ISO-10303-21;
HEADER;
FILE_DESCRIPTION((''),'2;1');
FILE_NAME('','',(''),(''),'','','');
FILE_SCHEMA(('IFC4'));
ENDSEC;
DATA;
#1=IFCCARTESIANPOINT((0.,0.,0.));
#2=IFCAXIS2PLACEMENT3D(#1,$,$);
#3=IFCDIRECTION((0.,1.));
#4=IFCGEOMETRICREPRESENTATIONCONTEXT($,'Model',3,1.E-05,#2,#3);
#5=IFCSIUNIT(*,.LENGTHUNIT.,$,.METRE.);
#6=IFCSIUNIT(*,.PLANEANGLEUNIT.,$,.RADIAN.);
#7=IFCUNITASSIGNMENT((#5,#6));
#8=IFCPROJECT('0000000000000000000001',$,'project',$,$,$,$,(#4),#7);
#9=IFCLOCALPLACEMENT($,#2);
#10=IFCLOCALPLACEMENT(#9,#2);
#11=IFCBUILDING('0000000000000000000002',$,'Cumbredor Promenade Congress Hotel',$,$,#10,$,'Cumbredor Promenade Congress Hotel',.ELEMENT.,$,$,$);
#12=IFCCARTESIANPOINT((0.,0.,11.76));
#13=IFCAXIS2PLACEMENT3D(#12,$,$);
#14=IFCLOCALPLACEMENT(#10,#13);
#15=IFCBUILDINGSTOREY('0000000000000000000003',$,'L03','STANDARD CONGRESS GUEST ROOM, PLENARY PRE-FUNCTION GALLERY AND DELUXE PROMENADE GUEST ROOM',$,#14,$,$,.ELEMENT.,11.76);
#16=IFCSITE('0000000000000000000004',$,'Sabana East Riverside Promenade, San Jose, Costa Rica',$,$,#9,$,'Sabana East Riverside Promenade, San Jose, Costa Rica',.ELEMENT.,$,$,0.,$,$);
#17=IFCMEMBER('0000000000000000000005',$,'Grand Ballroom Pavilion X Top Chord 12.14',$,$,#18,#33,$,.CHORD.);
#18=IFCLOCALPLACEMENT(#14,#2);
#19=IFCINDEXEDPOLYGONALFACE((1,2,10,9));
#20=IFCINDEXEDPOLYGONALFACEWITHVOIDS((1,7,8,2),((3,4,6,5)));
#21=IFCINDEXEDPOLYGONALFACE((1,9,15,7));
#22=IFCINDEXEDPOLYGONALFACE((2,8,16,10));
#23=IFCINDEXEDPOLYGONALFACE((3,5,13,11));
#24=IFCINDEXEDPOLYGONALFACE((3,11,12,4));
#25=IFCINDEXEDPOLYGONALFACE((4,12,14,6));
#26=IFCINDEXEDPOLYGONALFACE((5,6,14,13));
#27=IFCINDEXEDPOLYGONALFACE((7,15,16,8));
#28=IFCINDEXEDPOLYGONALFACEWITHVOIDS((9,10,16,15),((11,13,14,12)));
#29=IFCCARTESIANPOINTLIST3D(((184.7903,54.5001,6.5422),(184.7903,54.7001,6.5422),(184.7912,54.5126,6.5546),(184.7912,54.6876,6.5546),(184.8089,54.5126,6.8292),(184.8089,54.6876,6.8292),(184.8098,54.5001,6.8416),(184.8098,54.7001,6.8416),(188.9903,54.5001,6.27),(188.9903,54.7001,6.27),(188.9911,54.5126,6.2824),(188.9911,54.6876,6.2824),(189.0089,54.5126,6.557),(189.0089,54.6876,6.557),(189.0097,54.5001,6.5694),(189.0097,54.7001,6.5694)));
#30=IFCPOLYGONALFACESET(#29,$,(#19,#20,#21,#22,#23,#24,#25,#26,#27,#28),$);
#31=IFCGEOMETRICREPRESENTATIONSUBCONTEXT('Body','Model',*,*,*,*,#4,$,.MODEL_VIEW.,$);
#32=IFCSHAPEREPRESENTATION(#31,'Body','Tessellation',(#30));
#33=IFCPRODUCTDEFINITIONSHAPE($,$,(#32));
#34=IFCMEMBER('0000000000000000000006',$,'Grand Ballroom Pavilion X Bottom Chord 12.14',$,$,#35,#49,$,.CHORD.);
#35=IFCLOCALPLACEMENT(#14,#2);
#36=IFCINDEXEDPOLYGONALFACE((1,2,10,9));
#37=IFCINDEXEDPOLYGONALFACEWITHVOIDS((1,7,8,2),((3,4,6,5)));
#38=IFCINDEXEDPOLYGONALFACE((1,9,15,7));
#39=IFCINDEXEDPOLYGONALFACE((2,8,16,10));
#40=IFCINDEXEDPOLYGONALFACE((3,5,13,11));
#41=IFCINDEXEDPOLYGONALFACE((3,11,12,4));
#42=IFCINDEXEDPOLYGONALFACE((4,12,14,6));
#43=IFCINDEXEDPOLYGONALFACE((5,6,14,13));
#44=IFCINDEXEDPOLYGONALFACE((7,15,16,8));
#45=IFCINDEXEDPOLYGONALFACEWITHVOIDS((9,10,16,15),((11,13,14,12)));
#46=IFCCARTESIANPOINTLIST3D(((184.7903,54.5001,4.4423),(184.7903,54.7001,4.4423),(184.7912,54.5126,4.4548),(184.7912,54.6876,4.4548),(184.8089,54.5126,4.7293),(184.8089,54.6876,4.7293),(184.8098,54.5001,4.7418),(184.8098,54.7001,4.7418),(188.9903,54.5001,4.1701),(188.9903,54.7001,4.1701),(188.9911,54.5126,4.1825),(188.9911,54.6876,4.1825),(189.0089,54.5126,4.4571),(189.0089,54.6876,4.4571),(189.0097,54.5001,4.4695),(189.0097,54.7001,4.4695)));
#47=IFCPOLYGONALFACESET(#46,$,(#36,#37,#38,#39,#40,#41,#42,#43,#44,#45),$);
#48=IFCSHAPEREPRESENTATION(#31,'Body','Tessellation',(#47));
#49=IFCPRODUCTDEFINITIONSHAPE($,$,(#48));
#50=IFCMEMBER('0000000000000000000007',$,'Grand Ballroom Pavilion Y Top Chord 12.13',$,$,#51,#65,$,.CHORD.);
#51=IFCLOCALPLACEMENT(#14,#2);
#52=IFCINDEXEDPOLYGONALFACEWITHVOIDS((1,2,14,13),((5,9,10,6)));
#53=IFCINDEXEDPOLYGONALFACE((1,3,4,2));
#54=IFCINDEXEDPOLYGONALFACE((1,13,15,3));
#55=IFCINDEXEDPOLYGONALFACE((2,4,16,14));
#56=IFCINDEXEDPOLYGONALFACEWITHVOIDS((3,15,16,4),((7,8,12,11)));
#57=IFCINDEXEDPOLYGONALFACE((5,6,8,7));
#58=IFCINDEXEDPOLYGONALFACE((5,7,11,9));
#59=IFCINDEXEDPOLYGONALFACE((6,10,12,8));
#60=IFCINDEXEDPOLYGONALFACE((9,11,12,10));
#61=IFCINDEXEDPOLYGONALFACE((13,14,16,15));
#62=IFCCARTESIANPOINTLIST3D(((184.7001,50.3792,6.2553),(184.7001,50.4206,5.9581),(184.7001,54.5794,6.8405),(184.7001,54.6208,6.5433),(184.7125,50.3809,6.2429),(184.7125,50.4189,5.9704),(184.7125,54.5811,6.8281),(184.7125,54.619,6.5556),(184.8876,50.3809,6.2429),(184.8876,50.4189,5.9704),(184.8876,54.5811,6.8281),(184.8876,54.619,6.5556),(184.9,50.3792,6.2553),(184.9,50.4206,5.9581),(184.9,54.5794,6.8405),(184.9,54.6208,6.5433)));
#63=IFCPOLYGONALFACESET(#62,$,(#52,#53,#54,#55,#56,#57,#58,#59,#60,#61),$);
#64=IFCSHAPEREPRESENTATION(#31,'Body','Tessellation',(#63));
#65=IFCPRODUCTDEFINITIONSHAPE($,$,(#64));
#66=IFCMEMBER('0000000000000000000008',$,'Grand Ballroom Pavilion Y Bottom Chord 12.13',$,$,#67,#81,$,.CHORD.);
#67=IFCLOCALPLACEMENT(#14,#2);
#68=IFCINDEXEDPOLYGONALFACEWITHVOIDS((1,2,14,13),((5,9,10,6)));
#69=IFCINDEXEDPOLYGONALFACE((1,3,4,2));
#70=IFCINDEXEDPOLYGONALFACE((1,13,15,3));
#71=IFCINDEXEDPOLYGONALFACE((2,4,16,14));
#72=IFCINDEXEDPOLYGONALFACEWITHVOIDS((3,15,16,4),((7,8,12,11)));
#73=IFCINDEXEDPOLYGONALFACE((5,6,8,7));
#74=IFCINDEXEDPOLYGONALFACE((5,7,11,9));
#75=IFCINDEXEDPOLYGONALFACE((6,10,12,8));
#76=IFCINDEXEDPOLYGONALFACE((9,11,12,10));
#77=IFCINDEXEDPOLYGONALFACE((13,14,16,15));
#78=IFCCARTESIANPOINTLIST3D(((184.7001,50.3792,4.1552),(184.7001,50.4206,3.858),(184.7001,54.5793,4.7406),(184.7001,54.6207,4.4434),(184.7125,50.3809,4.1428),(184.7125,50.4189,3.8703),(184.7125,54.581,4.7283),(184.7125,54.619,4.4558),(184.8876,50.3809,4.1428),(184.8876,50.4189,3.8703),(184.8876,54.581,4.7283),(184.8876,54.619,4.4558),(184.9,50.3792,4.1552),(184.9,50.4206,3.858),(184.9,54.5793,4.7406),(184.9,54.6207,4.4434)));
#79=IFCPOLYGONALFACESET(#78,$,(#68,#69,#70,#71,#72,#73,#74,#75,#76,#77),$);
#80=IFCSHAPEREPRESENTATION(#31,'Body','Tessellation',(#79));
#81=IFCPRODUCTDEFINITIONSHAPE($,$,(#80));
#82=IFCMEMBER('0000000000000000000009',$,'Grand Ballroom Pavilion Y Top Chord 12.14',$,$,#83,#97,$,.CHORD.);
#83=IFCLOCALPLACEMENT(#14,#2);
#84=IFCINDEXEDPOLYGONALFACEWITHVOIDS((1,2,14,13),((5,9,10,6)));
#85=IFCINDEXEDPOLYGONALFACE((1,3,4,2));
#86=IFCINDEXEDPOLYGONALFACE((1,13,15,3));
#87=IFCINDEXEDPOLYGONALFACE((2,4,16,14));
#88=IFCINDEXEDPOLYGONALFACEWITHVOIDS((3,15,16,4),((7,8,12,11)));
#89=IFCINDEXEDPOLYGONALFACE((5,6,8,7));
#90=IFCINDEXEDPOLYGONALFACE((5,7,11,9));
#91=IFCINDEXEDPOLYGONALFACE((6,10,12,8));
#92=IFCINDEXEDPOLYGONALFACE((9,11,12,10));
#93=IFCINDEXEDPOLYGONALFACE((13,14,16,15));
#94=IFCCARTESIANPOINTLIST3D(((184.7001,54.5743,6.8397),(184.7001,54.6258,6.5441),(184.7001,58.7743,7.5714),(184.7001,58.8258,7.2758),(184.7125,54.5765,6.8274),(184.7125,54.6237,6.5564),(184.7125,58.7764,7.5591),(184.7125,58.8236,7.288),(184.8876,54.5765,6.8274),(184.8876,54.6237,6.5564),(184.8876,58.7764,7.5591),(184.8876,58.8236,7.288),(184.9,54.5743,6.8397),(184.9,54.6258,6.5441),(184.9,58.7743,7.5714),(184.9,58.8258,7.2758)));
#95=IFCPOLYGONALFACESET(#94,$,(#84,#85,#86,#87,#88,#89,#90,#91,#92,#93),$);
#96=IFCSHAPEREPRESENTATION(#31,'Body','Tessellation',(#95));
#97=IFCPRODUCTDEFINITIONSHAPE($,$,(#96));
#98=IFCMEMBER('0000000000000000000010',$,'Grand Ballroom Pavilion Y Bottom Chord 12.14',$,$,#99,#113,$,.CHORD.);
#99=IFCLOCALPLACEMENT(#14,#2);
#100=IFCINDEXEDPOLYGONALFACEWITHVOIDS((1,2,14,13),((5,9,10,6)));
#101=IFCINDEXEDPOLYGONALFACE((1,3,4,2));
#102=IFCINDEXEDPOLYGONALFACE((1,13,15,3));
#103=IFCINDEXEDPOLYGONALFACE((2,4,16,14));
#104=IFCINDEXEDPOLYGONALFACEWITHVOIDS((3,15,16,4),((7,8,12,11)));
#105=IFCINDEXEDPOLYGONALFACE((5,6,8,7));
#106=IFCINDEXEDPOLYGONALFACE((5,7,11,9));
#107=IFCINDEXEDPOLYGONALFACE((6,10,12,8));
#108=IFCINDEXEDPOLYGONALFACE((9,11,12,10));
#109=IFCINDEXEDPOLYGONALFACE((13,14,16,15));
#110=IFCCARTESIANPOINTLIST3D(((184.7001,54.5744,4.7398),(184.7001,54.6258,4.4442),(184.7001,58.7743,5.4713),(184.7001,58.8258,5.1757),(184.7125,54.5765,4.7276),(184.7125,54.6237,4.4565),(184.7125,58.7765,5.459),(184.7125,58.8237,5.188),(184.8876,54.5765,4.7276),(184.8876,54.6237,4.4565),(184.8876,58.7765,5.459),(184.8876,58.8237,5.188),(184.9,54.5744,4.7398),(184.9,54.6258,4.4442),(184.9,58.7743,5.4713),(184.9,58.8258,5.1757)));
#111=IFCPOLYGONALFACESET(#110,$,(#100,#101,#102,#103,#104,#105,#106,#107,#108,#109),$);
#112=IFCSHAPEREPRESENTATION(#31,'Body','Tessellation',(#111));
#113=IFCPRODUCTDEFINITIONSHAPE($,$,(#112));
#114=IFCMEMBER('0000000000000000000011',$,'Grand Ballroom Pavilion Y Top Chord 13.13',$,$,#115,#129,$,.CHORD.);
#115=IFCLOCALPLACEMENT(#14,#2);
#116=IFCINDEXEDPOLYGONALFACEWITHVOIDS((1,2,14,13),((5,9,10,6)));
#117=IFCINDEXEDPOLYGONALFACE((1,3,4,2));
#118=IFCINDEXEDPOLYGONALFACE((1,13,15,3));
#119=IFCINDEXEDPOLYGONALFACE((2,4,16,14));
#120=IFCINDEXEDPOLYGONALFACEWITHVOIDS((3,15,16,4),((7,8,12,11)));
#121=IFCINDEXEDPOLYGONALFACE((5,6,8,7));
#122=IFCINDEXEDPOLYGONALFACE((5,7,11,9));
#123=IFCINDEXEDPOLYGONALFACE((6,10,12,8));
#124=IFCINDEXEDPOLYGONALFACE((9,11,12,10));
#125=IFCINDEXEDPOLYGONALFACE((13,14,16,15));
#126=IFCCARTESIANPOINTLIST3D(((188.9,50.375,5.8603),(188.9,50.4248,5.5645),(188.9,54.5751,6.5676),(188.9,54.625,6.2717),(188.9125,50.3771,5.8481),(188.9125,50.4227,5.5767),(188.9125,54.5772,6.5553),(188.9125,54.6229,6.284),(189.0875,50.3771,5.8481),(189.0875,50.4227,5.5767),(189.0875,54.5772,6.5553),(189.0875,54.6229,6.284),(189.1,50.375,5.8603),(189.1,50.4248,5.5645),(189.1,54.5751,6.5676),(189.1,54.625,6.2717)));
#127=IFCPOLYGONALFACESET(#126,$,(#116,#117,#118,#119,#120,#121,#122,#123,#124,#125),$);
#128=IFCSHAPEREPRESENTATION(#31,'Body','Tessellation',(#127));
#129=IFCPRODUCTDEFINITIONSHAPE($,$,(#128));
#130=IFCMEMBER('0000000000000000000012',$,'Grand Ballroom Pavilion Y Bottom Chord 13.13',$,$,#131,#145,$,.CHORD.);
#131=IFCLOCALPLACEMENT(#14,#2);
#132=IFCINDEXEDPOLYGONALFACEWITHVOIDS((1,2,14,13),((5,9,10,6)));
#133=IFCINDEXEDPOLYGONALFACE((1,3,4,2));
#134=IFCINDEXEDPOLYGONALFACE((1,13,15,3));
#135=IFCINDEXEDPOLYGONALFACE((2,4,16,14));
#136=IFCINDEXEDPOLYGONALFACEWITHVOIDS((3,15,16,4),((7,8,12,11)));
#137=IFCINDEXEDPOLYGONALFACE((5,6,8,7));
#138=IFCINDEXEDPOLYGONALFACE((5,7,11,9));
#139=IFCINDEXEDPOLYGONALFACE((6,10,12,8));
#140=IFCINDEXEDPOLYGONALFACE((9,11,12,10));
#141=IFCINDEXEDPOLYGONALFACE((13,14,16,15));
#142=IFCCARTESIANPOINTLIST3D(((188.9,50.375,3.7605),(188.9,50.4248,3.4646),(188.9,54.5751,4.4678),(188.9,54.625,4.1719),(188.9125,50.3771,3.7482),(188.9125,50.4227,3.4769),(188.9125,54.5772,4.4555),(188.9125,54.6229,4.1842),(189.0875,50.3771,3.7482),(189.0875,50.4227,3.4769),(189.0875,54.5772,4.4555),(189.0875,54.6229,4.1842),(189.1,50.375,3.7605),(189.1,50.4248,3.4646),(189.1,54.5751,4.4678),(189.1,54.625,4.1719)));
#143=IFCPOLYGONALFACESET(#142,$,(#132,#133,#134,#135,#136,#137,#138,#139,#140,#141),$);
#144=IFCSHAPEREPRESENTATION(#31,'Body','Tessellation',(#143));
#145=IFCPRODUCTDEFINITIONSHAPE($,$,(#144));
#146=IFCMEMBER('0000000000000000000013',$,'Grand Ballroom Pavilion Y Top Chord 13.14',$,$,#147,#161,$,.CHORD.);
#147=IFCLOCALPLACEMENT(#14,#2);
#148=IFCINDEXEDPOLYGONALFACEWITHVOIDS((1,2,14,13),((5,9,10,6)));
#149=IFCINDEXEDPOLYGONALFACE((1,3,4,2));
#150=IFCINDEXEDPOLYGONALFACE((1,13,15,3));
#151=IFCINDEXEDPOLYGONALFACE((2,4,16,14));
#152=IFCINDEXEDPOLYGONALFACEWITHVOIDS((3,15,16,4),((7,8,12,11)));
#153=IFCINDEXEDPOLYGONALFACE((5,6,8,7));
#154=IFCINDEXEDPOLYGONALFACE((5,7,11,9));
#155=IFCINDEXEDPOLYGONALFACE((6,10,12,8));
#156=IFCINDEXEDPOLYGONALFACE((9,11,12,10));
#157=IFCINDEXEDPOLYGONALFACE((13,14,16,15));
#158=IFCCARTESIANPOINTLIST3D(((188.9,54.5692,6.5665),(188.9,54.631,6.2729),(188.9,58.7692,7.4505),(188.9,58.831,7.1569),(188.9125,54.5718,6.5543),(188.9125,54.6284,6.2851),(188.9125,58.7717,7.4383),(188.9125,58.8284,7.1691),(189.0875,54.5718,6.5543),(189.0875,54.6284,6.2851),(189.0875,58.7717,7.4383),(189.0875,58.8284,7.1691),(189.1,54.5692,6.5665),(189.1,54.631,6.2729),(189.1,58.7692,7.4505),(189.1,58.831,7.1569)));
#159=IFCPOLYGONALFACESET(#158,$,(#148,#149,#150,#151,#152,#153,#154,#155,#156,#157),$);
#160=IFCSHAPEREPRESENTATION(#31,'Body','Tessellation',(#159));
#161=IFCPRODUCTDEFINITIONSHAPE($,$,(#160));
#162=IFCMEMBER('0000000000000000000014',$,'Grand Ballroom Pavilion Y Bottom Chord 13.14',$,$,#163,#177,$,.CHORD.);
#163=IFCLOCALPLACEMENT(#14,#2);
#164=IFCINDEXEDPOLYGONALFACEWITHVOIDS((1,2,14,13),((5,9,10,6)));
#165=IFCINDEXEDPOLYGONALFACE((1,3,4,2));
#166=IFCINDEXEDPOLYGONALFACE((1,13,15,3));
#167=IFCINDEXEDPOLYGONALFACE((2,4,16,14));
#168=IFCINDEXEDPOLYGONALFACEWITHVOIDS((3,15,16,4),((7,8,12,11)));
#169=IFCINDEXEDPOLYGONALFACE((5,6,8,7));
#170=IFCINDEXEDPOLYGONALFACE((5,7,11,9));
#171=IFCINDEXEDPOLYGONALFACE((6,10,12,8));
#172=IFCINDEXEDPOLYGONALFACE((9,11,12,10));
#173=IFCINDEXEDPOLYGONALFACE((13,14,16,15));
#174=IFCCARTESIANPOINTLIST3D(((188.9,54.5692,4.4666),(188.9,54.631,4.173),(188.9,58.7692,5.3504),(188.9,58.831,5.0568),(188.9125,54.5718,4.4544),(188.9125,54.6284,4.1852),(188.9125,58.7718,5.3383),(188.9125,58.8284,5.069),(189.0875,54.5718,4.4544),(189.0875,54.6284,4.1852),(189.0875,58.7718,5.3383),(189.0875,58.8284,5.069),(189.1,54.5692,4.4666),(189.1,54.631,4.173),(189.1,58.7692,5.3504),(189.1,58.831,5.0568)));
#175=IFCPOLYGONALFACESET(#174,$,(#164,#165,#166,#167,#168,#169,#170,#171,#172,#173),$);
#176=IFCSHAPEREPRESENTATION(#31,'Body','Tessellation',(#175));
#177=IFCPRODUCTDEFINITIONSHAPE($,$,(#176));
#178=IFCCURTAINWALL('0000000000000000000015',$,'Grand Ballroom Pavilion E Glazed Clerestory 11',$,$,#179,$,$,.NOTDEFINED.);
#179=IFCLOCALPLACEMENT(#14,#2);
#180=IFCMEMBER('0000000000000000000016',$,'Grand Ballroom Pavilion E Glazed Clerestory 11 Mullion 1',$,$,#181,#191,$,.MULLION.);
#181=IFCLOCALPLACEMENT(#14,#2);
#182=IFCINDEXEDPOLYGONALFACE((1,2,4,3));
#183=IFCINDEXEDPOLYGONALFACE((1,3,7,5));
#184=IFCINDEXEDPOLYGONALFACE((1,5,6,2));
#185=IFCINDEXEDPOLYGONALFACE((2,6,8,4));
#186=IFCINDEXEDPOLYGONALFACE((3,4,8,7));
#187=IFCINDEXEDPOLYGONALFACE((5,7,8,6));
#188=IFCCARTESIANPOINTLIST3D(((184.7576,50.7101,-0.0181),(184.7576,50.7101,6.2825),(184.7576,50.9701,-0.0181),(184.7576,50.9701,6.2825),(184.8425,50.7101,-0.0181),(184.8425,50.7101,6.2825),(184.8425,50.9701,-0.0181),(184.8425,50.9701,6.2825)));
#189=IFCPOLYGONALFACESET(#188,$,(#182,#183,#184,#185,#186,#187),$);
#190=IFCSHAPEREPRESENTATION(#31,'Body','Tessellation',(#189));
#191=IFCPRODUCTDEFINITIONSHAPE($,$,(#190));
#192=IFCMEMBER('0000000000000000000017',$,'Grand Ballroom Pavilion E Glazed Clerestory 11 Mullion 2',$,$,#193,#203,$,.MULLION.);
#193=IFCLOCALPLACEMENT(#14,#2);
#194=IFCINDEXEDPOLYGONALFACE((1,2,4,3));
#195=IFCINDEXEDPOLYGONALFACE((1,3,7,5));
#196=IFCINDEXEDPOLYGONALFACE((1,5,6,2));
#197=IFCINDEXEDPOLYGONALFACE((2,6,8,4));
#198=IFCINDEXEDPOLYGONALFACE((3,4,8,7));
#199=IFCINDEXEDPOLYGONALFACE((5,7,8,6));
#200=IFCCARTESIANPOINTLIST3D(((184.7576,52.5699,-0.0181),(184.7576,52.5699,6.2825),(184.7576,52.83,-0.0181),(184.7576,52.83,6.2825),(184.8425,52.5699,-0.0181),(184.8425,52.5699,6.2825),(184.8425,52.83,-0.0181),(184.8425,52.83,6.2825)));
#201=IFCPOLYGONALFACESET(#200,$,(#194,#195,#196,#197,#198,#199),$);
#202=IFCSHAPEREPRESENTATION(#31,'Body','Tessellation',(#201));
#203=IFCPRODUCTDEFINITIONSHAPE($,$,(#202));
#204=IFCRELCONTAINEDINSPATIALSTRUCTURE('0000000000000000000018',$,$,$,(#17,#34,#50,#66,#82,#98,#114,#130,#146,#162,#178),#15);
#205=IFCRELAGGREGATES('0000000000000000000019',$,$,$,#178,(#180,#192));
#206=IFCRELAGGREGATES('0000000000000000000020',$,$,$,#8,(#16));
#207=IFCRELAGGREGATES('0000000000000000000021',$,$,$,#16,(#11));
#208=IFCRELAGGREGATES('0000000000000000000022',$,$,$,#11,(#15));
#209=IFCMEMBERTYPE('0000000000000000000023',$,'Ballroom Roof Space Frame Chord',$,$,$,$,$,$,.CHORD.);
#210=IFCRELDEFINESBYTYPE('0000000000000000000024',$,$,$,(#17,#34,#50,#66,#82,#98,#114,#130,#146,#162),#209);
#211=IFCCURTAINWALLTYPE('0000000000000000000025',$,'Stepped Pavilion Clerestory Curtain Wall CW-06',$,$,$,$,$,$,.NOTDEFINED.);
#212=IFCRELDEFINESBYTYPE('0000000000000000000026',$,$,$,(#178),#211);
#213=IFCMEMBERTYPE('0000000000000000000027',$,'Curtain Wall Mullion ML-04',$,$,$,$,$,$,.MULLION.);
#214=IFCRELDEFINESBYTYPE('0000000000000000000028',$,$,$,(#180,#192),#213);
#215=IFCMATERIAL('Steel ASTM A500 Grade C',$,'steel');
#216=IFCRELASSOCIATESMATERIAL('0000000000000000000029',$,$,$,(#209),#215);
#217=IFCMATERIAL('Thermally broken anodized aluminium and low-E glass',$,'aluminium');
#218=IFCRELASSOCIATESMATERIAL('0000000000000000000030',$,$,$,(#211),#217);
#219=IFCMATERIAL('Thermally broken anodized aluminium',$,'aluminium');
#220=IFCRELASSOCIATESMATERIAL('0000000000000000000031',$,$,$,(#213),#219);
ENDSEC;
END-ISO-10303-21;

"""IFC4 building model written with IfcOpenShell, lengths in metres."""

from ifc_helpers import new_model, si_unit, direction, frame, origin, origin_2d, place, context, subcontext, project, spatial, rectangle, hollow_rectangle, extrude, material, material_profile, profile_set, type_object, element, aggregate, save


model = new_model("IFC4")

# Units and contexts
model_context = context("Model", 3, precision=1e-05, world=origin(), true_north=direction((0.0, 1.0)))
body_context = subcontext(model_context, "Body", "Model", "MODEL_VIEW")
ifc_project = project(units=[si_unit("LENGTHUNIT", "METRE"), si_unit("PLANEANGLEUNIT", "RADIAN")], contexts=[model_context])

# Site, building, storey
site_placement = place(None, origin())
site = spatial("IfcSite", under=ifc_project, at=site_placement, Name="Sabana East Riverside Promenade, San Jose, Costa Rica", LongName="Sabana East Riverside Promenade, San Jose, Costa Rica", CompositionType="ELEMENT", RefElevation=0.0)
building_placement = place(site_placement, origin())
building = spatial("IfcBuilding", under=site, at=building_placement, Name="Cumbredor Promenade Congress Hotel", LongName="Cumbredor Promenade Congress Hotel", CompositionType="ELEMENT")
storey_placement = place(building_placement, frame((0.0, 0.0, 11.76)))
storey = spatial("IfcBuildingStorey", under=building, at=storey_placement, Name="L03", Description="STANDARD CONGRESS GUEST ROOM, PLENARY PRE-FUNCTION GALLERY AND DELUXE PROMENADE GUEST ROOM", CompositionType="ELEMENT", Elevation=11.76)

# Members
ifc_material_1 = material(Name="Steel ASTM A500 Grade C", Category="steel")
ifc_material_profile_1 = material_profile(ifc_material_1, hollow_rectangle(XDim=0.2, YDim=0.3, WallThickness=0.0125, at=origin_2d()), Name="HSS 300x200x12.5")
ifc_profile_set_1 = profile_set([ifc_material_profile_1], Name="Steel ASTM A500 Grade C")
member_type_1 = type_object("IfcMemberType", Name="Ballroom Roof Space Frame Chord", PredefinedType="CHORD", material=ifc_profile_set_1)
for number, where, z_axis, x_axis, name in (
    (1, (184.8, 54.6001, 6.6919), (0.997906, 0.0, -0.064679), (0.0, 1.0, 0.0), "Grand Ballroom Pavilion X Top Chord 12.14"),
    (2, (184.8, 54.6001, 4.592), (0.997906, 0.0, -0.064679), (0.0, 1.0, 0.0), "Grand Ballroom Pavilion X Bottom Chord 12.14"),
):
    element("IfcMember", number, at=place(storey_placement, frame(where, z_axis=z_axis, x_axis=x_axis)), inside=storey, type_object=member_type_1, Name=name, PredefinedType="CHORD", context=body_context, shape_type="SweptSolid", body=[
        extrude(hollow_rectangle(XDim=0.2, YDim=0.3, WallThickness=0.0125, at=origin_2d()), origin(), (0.0, 0.0, 1.0), 4.2087),
    ])
for number, where, z_axis, x_axis, name in (
    (3, (184.8, 50.3999, 6.1067), (0.0, 0.990433, 0.137995), (-1.0, 0.0, 0.0), "Grand Ballroom Pavilion Y Top Chord 12.13"),
    (4, (184.8, 50.3999, 4.0066), (0.0, 0.990425, 0.138052), (-1.0, 0.0, 0.0), "Grand Ballroom Pavilion Y Bottom Chord 12.13"),
):
    element("IfcMember", number, at=place(storey_placement, frame(where, z_axis=z_axis, x_axis=x_axis)), inside=storey, type_object=member_type_1, Name=name, PredefinedType="CHORD", context=body_context, shape_type="SweptSolid", body=[
        extrude(hollow_rectangle(XDim=0.2, YDim=0.3, WallThickness=0.0125, at=origin_2d()), origin(), (0.0, 0.0, 1.0), 4.2407),
    ])
for number, where, z_axis, x_axis, name in (
    (5, (184.8, 54.6001, 6.6919), (0.0, 0.985162, 0.171629), (-1.0, 0.0, 0.0), "Grand Ballroom Pavilion Y Top Chord 12.14"),
    (6, (184.8, 54.6001, 4.592), (0.0, 0.985171, 0.171573), (-1.0, 0.0, 0.0), "Grand Ballroom Pavilion Y Bottom Chord 12.14"),
):
    element("IfcMember", number, at=place(storey_placement, frame(where, z_axis=z_axis, x_axis=x_axis)), inside=storey, type_object=member_type_1, Name=name, PredefinedType="CHORD", context=body_context, shape_type="SweptSolid", body=[
        extrude(hollow_rectangle(XDim=0.2, YDim=0.3, WallThickness=0.0125, at=origin_2d()), origin(), (0.0, 0.0, 1.0), 4.2632),
    ])
for number, where, z_axis, x_axis, name in (
    (7, (189.0, 50.3999, 5.7124), (0.0, 0.986117, 0.166053), (-1.0, 0.0, 0.0), "Grand Ballroom Pavilion Y Top Chord 13.13"),
    (8, (189.0, 50.3999, 3.6125), (0.0, 0.986117, 0.166053), (-1.0, 0.0, 0.0), "Grand Ballroom Pavilion Y Bottom Chord 13.13"),
):
    element("IfcMember", number, at=place(storey_placement, frame(where, z_axis=z_axis, x_axis=x_axis)), inside=storey, type_object=member_type_1, Name=name, PredefinedType="CHORD", context=body_context, shape_type="SweptSolid", body=[
        extrude(hollow_rectangle(XDim=0.2, YDim=0.3, WallThickness=0.0125, at=origin_2d()), origin(), (0.0, 0.0, 1.0), 4.2593),
    ])
for number, where, z_axis, x_axis, name in (
    (9, (189.0, 54.6001, 6.4197), (0.0, 0.978558, 0.205973), (-1.0, 0.0, 0.0), "Grand Ballroom Pavilion Y Top Chord 13.14"),
    (10, (189.0, 54.6001, 4.3198), (0.0, 0.978569, 0.205919), (-1.0, 0.0, 0.0), "Grand Ballroom Pavilion Y Bottom Chord 13.14"),
):
    element("IfcMember", number, at=place(storey_placement, frame(where, z_axis=z_axis, x_axis=x_axis)), inside=storey, type_object=member_type_1, Name=name, PredefinedType="CHORD", context=body_context, shape_type="SweptSolid", body=[
        extrude(hollow_rectangle(XDim=0.2, YDim=0.3, WallThickness=0.0125, at=origin_2d()), origin(), (0.0, 0.0, 1.0), 4.292),
    ])

# Curtain wall, members
ifc_material_2 = material(Name="Thermally broken anodized aluminium and low-E glass", Category="aluminium")
curtain_wall_type = type_object("IfcCurtainWallType", Name="Stepped Pavilion Clerestory Curtain Wall CW-06", PredefinedType="NOTDEFINED", material=ifc_material_2)
curtain_wall_1_placement = place(storey_placement, origin())
curtain_wall_1 = element("IfcCurtainWall", 11, at=curtain_wall_1_placement, inside=storey, type_object=curtain_wall_type, Name="Grand Ballroom Pavilion E Glazed Clerestory 11", PredefinedType="NOTDEFINED")
ifc_material_3 = material(Name="Thermally broken anodized aluminium", Category="aluminium")
ifc_material_profile_2 = material_profile(ifc_material_3, rectangle(XDim=0.085, YDim=0.26, at=origin_2d()), Name="ALU MULLION CLERESTORY 85x260")
ifc_profile_set_2 = profile_set([ifc_material_profile_2], Name="Thermally broken anodized aluminium")
member_type_2 = type_object("IfcMemberType", Name="Curtain Wall Mullion ML-04", PredefinedType="MULLION", material=ifc_profile_set_2)
member_1_placement = place(storey_placement, frame((184.8, 50.8401, -0.0181), z_axis=(0.0, 0.0, 1.0), x_axis=(1.0, 0.0, 0.0)))
member_1 = element("IfcMember", 12, at=member_1_placement, type_object=member_type_2, Name="Grand Ballroom Pavilion E Glazed Clerestory 11 Mullion 1", PredefinedType="MULLION", context=body_context, shape_type="SweptSolid", body=[
    extrude(rectangle(XDim=0.085, YDim=0.26, at=origin_2d()), origin(), (0.0, 0.0, 1.0), 6.3005),
])
member_2_placement = place(storey_placement, frame((184.8, 52.7, -0.0181), z_axis=(0.0, 0.0, 1.0), x_axis=(1.0, 0.0, 0.0)))
member_2 = element("IfcMember", 13, at=member_2_placement, type_object=member_type_2, Name="Grand Ballroom Pavilion E Glazed Clerestory 11 Mullion 2", PredefinedType="MULLION", context=body_context, shape_type="SweptSolid", body=[
    extrude(rectangle(XDim=0.085, YDim=0.26, at=origin_2d()), origin(), (0.0, 0.0, 1.0), 6.3005),
])

aggregate(curtain_wall_1, [member_1, member_2])

save(model, "model.ifc")
